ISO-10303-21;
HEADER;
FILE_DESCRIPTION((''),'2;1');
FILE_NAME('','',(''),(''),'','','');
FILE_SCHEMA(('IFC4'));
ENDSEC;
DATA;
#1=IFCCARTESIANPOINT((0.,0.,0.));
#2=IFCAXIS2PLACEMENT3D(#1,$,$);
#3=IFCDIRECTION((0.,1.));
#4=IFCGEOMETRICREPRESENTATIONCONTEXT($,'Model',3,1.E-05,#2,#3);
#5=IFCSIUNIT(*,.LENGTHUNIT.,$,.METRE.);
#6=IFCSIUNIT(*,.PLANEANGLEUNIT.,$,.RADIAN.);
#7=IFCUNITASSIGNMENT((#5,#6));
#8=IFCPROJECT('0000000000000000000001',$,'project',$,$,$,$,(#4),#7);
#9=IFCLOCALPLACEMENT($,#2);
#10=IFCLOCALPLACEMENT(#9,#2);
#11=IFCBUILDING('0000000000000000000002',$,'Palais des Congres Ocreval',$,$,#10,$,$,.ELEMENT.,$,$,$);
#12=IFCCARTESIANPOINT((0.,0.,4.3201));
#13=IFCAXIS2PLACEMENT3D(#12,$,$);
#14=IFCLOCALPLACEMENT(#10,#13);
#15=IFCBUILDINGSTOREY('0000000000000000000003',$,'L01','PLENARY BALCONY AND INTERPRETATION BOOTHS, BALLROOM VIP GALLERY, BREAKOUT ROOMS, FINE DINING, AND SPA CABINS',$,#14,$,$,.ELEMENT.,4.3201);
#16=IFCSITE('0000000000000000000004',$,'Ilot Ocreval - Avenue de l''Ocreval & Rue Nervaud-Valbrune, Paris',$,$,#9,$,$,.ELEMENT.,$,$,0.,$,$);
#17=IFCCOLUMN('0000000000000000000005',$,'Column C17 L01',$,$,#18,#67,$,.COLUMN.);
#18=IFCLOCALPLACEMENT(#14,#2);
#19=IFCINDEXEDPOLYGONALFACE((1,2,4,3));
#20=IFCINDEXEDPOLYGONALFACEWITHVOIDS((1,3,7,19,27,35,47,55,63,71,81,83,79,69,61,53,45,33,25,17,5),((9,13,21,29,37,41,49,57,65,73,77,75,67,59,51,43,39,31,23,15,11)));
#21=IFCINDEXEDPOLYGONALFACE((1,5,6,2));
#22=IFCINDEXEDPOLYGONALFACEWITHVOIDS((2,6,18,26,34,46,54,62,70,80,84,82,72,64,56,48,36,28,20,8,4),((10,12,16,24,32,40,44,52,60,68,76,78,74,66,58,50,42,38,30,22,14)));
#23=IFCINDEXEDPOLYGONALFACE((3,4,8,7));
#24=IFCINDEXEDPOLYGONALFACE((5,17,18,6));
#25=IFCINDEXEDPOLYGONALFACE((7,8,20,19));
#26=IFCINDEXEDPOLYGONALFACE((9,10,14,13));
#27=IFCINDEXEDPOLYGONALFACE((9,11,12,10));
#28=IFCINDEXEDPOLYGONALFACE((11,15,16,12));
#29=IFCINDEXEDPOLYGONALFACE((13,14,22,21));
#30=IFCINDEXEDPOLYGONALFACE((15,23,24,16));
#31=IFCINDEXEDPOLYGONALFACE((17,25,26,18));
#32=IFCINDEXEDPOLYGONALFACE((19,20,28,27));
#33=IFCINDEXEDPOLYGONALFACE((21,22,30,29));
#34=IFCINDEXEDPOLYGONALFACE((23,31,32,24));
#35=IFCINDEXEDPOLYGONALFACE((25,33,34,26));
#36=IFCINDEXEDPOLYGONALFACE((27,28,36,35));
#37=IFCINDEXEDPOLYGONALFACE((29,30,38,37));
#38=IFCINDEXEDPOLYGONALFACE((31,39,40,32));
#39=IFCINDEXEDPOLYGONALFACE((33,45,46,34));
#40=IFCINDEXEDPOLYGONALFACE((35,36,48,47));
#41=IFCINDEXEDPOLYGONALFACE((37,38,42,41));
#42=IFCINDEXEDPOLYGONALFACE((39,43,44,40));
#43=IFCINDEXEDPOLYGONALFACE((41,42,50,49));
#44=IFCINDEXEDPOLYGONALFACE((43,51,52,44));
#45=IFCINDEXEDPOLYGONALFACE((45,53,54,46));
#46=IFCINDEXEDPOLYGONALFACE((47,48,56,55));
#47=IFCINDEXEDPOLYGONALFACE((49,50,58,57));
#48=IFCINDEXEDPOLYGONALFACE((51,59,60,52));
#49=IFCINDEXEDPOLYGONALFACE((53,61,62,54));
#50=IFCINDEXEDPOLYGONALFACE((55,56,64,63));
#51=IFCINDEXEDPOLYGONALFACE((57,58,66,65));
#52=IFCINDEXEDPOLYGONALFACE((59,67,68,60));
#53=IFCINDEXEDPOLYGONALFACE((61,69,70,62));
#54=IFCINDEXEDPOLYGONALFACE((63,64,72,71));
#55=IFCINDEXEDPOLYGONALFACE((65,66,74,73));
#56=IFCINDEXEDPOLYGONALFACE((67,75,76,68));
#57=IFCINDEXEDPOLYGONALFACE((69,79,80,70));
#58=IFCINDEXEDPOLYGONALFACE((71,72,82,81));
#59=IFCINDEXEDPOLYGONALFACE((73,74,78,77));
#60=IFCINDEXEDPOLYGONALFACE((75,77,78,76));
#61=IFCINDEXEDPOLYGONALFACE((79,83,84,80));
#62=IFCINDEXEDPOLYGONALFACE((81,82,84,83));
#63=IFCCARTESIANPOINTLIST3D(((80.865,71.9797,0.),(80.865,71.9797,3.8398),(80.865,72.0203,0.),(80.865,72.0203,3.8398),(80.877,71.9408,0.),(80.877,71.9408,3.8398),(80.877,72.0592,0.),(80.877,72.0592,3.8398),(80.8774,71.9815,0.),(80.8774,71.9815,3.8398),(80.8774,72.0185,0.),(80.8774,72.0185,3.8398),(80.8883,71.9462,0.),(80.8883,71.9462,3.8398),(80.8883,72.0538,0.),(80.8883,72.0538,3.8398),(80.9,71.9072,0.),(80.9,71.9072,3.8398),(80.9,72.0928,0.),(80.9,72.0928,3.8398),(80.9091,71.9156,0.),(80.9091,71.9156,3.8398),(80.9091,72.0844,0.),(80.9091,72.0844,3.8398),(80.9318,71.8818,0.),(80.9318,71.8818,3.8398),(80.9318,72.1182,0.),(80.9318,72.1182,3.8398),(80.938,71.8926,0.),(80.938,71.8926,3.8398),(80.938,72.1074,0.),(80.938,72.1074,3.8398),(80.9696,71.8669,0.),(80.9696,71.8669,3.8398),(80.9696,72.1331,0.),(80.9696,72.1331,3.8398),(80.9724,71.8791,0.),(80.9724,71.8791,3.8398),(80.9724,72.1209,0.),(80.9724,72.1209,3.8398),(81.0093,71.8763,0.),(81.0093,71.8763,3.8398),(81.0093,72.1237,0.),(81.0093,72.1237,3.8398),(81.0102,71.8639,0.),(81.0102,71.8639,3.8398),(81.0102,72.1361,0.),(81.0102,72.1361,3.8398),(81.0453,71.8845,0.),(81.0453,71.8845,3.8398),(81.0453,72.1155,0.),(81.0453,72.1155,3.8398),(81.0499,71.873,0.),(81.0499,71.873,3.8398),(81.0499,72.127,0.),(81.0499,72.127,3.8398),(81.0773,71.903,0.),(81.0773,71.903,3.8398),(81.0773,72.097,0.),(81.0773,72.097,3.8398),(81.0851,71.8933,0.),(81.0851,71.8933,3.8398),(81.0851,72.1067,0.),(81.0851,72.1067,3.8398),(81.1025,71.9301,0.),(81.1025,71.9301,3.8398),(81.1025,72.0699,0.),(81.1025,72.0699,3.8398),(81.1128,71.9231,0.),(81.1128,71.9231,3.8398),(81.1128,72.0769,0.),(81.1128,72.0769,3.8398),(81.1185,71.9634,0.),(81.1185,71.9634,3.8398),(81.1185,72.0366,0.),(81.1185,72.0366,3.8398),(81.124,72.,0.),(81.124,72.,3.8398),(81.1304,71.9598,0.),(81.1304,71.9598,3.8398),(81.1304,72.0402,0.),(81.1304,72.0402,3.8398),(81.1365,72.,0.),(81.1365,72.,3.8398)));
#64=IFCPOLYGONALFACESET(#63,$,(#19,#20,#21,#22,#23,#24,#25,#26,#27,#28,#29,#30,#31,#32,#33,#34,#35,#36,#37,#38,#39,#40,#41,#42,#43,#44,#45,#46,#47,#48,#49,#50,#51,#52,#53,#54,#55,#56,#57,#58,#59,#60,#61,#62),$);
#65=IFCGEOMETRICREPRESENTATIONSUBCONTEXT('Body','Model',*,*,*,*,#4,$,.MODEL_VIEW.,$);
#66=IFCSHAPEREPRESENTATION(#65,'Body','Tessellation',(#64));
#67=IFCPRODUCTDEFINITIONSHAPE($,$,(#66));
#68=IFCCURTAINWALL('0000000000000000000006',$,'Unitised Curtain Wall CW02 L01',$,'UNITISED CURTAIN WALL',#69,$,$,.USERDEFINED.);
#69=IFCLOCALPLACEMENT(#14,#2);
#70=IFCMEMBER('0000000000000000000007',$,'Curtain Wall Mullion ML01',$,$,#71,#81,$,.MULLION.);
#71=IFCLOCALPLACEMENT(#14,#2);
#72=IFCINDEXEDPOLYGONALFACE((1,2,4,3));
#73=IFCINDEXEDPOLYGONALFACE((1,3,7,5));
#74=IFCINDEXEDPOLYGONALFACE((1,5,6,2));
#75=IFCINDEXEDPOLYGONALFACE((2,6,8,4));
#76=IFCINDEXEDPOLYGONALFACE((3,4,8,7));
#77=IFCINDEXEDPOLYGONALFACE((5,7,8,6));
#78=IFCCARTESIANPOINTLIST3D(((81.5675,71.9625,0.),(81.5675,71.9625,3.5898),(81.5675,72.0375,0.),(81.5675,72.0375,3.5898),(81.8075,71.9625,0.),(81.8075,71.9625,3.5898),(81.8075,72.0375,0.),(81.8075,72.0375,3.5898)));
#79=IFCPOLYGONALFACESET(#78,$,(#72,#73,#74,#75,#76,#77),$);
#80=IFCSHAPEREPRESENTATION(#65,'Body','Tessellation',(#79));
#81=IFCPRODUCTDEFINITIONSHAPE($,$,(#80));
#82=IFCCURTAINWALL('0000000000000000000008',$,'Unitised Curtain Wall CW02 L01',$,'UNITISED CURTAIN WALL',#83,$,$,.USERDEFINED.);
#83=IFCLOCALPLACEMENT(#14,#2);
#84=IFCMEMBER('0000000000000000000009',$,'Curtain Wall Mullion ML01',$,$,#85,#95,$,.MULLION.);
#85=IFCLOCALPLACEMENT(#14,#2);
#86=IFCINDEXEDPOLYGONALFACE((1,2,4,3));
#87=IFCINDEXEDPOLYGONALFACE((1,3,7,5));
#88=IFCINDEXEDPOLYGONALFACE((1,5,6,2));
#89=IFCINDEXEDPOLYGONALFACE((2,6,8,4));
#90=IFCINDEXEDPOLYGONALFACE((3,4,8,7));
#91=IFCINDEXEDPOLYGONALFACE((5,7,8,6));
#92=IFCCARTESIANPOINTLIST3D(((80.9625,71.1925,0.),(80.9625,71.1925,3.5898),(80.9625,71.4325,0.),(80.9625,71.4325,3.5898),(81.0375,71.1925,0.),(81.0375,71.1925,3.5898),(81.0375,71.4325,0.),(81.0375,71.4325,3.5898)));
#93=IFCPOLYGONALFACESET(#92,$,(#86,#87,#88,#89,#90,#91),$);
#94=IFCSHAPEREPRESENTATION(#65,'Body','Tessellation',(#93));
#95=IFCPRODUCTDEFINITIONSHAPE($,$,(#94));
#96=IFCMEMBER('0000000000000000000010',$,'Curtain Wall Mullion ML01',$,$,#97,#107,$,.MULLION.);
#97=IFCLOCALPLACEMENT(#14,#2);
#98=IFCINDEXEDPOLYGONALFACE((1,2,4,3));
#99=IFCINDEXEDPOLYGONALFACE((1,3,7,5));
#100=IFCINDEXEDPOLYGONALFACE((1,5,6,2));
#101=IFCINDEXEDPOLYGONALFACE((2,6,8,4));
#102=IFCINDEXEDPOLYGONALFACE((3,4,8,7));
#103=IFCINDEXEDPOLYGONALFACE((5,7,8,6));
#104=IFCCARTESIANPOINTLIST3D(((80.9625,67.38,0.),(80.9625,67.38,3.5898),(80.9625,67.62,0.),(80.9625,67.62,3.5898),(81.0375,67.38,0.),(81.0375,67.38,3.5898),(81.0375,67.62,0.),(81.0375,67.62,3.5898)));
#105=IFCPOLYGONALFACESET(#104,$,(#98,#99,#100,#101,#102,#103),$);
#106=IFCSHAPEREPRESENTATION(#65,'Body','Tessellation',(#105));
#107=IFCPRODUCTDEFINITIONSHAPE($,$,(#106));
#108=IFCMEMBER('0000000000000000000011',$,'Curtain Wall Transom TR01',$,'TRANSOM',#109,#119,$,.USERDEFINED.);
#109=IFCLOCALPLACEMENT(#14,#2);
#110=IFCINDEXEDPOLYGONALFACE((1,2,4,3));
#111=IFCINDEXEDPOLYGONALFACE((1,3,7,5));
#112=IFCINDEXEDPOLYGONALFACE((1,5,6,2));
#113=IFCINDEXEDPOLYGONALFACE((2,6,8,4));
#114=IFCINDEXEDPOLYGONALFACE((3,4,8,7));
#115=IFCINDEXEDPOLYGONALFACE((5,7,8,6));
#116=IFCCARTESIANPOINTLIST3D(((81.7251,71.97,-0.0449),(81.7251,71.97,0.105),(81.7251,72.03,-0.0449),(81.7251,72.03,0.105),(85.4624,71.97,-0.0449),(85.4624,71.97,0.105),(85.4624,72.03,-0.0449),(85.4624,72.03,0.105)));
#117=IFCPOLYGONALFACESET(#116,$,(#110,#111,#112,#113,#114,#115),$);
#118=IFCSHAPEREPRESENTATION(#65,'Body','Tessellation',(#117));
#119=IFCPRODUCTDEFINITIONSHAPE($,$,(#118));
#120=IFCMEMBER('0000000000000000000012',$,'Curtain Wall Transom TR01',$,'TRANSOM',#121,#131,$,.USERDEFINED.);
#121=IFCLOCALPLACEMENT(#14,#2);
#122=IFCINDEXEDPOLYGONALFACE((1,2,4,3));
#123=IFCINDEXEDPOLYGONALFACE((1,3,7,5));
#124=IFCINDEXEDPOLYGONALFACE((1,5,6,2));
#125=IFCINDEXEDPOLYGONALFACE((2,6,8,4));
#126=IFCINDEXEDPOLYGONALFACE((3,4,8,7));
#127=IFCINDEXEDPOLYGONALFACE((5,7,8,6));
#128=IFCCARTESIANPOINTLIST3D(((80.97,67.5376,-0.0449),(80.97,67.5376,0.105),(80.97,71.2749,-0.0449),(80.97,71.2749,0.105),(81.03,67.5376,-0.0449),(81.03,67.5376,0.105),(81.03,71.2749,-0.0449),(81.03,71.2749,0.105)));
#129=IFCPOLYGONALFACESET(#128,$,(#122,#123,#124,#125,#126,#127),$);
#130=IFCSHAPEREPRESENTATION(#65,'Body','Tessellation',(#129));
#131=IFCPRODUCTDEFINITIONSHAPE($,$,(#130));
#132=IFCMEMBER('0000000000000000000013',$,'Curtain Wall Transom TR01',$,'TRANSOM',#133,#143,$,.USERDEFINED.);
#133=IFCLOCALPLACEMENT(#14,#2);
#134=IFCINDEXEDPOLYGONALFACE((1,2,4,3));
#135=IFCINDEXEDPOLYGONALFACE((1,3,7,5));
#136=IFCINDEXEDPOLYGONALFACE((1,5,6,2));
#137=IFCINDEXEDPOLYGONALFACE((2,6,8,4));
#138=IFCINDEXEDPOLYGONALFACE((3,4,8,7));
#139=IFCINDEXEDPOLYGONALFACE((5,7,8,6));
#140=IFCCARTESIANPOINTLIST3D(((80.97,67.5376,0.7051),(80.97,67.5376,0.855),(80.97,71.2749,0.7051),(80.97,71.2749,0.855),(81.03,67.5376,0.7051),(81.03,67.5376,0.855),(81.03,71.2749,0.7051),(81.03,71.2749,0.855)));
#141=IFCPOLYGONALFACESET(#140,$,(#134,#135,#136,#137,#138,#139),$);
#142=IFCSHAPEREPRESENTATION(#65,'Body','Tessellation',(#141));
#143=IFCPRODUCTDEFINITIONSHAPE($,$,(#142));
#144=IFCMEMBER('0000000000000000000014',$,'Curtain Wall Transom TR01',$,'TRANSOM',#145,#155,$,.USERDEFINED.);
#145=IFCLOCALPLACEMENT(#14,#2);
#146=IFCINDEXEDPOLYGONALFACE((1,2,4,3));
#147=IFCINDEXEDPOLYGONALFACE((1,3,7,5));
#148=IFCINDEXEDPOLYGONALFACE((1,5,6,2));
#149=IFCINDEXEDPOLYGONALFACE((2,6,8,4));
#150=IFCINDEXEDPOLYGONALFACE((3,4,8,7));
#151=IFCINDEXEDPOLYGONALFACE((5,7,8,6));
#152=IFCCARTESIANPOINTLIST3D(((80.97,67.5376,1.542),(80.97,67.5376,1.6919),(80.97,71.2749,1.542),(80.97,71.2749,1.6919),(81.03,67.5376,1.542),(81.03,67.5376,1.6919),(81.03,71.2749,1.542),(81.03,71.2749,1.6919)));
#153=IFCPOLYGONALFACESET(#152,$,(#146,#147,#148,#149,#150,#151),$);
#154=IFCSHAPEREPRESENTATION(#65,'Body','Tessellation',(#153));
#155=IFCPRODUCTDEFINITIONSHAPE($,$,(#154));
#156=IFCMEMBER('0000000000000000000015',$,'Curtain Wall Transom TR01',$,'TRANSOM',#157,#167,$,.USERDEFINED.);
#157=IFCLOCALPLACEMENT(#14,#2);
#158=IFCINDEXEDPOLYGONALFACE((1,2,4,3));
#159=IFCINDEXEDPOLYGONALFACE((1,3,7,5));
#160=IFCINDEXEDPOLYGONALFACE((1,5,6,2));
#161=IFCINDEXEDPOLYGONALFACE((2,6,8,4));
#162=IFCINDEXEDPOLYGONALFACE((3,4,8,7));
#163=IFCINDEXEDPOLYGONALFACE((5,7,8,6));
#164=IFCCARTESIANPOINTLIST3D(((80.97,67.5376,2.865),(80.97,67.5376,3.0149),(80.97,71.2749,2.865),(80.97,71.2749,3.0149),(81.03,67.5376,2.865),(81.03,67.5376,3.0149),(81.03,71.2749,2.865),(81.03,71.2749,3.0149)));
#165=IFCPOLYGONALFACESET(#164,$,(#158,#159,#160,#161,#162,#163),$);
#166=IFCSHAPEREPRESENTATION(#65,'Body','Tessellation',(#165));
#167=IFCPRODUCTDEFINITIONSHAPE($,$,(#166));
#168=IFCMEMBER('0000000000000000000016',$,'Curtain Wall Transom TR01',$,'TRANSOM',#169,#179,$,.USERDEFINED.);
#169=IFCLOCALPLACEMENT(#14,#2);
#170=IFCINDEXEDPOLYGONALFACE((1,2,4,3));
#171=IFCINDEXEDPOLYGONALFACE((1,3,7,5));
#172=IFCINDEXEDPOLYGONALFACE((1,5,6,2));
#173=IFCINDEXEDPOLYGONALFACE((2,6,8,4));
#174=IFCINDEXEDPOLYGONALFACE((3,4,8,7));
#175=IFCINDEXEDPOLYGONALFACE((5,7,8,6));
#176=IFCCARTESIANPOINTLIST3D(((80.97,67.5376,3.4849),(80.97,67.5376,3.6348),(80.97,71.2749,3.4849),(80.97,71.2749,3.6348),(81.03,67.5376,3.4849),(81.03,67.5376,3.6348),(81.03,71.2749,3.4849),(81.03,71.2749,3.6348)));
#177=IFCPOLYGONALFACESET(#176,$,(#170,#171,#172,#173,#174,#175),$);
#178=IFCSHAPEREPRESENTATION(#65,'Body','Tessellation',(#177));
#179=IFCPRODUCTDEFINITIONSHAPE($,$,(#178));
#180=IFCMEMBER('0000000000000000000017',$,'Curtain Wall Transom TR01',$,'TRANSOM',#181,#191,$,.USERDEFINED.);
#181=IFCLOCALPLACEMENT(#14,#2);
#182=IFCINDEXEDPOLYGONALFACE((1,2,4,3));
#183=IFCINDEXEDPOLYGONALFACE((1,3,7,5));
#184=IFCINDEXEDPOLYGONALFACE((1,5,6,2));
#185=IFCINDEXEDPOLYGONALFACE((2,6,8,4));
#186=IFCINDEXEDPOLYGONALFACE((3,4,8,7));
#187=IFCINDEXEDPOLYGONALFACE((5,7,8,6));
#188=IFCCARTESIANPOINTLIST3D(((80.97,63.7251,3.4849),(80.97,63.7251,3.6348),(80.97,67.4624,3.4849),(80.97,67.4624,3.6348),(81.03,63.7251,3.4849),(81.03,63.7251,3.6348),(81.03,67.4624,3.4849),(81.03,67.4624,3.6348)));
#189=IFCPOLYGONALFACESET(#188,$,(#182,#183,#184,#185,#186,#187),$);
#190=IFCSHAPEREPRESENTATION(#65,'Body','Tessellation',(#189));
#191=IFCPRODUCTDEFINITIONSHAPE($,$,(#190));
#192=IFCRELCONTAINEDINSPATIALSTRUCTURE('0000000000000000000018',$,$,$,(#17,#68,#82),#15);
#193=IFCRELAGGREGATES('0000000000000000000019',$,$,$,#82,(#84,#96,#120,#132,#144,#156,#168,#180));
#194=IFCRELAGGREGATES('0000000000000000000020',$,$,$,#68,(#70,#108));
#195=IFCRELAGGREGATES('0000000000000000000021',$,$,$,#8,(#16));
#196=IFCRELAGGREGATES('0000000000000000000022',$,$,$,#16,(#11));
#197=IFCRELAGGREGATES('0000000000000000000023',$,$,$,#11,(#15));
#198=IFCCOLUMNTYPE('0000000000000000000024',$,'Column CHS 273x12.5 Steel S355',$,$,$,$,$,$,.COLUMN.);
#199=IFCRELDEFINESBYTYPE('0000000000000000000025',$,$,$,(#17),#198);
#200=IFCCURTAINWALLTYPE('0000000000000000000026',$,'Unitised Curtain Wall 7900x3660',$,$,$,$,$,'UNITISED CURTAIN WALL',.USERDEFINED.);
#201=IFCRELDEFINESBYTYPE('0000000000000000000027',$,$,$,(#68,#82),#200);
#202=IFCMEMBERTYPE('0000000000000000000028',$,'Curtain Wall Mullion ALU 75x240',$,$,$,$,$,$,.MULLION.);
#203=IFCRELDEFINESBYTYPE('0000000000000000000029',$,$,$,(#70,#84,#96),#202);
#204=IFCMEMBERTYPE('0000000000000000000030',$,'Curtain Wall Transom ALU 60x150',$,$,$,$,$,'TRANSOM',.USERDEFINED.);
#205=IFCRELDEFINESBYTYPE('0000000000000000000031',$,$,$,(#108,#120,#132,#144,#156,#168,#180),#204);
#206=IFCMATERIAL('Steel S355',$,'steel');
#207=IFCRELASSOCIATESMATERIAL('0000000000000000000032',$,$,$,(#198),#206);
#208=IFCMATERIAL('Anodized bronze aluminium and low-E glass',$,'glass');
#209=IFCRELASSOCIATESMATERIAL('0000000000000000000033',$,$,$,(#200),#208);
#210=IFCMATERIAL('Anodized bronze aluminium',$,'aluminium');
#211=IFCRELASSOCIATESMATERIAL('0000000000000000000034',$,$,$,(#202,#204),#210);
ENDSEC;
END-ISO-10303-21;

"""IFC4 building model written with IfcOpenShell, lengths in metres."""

from ifc_helpers import new_model, si_unit, direction, frame, origin, origin_2d, place, context, subcontext, project, spatial, rectangle, hollow_circle, extrude, material, material_profile, profile_set, type_object, element, aggregate, save


model = new_model("IFC4")

# Units and contexts
model_context = context("Model", 3, precision=1e-05, world=origin(), true_north=direction((0.0, 1.0)))
body_context = subcontext(model_context, "Body", "Model", "MODEL_VIEW")
ifc_project = project(units=[si_unit("LENGTHUNIT", "METRE"), si_unit("PLANEANGLEUNIT", "RADIAN")], contexts=[model_context])

# Site, building, storey
site_placement = place(None, origin())
site = spatial("IfcSite", under=ifc_project, at=site_placement, Name="Ilot Ocreval - Avenue de l'Ocreval & Rue Nervaud-Valbrune, Paris", CompositionType="ELEMENT", RefElevation=0.0)
building_placement = place(site_placement, origin())
building = spatial("IfcBuilding", under=site, at=building_placement, Name="Palais des Congres Ocreval", CompositionType="ELEMENT")
storey_placement = place(building_placement, frame((0.0, 0.0, 4.3201)))
storey = spatial("IfcBuildingStorey", under=building, at=storey_placement, Name="L01", Description="PLENARY BALCONY AND INTERPRETATION BOOTHS, BALLROOM VIP GALLERY, BREAKOUT ROOMS, FINE DINING, AND SPA CABINS", CompositionType="ELEMENT", Elevation=4.3201)

# Column
ifc_material_1 = material(Name="Steel S355", Category="steel")
ifc_material_profile_1 = material_profile(ifc_material_1, hollow_circle(Radius=0.1365, WallThickness=0.0125, at=origin_2d()), Name="CHS 273x12.5")
ifc_profile_set_1 = profile_set([ifc_material_profile_1], Name="Steel S355")
column_type = type_object("IfcColumnType", Name="Column CHS 273x12.5 Steel S355", PredefinedType="COLUMN", material=ifc_profile_set_1)
column_placement = place(storey_placement, frame((81.0, 72.0, 0.0), z_axis=(0.0, 0.0, 1.0), x_axis=(1.0, 0.0, 0.0)))
element("IfcColumn", 1, at=column_placement, inside=storey, type_object=column_type, Name="Column C17 L01", PredefinedType="COLUMN", context=body_context, shape_type="SweptSolid", body=[
    extrude(hollow_circle(Radius=0.1365, WallThickness=0.0125, at=origin_2d()), origin(), (0.0, 0.0, 1.0), 3.8398),
])

# Curtain wall, member
ifc_material_2 = material(Name="Anodized bronze aluminium and low-E glass", Category="glass")
curtain_wall_type = type_object("IfcCurtainWallType", Name="Unitised Curtain Wall 7900x3660", ElementType="UNITISED CURTAIN WALL", PredefinedType="USERDEFINED", material=ifc_material_2)
curtain_wall_1_placement = place(storey_placement, origin())
curtain_wall_1 = element("IfcCurtainWall", 2, at=curtain_wall_1_placement, inside=storey, type_object=curtain_wall_type, Name="Unitised Curtain Wall CW02 L01", ObjectType="UNITISED CURTAIN WALL", PredefinedType="USERDEFINED")
ifc_material_3 = material(Name="Anodized bronze aluminium", Category="aluminium")
ifc_material_profile_2 = material_profile(ifc_material_3, rectangle(XDim=0.075, YDim=0.24, at=origin_2d()), Name="ALU 75x240")
ifc_profile_set_2 = profile_set([ifc_material_profile_2], Name="Anodized bronze aluminium")
member_type_1 = type_object("IfcMemberType", Name="Curtain Wall Mullion ALU 75x240", PredefinedType="MULLION", material=ifc_profile_set_2)
member_1_placement = place(storey_placement, frame((81.6875, 72.0, 0.0), z_axis=(0.0, 0.0, 1.0), x_axis=(0.0, -1.0, 0.0)))
member_1 = element("IfcMember", 3, at=member_1_placement, type_object=member_type_1, Name="Curtain Wall Mullion ML01", PredefinedType="MULLION", context=body_context, shape_type="SweptSolid", body=[
    extrude(rectangle(XDim=0.075, YDim=0.24, at=origin_2d()), origin(), (0.0, 0.0, 1.0), 3.5898),
])

# Curtain wall, members
curtain_wall_2_placement = place(storey_placement, origin())
curtain_wall_2 = element("IfcCurtainWall", 4, at=curtain_wall_2_placement, inside=storey, type_object=curtain_wall_type, Name="Unitised Curtain Wall CW02 L01", ObjectType="UNITISED CURTAIN WALL", PredefinedType="USERDEFINED")
member_2_placement = place(storey_placement, frame((81.0, 71.3125, 0.0), z_axis=(0.0, 0.0, 1.0), x_axis=(1.0, 0.0, 0.0)))
member_2 = element("IfcMember", 5, at=member_2_placement, type_object=member_type_1, Name="Curtain Wall Mullion ML01", PredefinedType="MULLION", context=body_context, shape_type="SweptSolid", body=[
    extrude(rectangle(XDim=0.075, YDim=0.24, at=origin_2d()), origin(), (0.0, 0.0, 1.0), 3.5898),
])
member_3_placement = place(storey_placement, frame((81.0, 67.5, 0.0), z_axis=(0.0, 0.0, 1.0), x_axis=(1.0, 0.0, 0.0)))
member_3 = element("IfcMember", 6, at=member_3_placement, type_object=member_type_1, Name="Curtain Wall Mullion ML01", PredefinedType="MULLION", context=body_context, shape_type="SweptSolid", body=[
    extrude(rectangle(XDim=0.075, YDim=0.24, at=origin_2d()), origin(), (0.0, 0.0, 1.0), 3.5898),
])

# Members
ifc_material_profile_3 = material_profile(ifc_material_3, rectangle(XDim=0.0601, YDim=0.1499, at=origin_2d()), Name="ALU 60x150")
ifc_profile_set_3 = profile_set([ifc_material_profile_3], Name="Anodized bronze aluminium")
member_type_2 = type_object("IfcMemberType", Name="Curtain Wall Transom ALU 60x150", ElementType="TRANSOM", PredefinedType="USERDEFINED", material=ifc_profile_set_3)
member_4_placement = place(storey_placement, frame((85.4624, 72.0, 0.03), z_axis=(-1.0, 0.0, 0.0), x_axis=(0.0, -1.0, 0.0)))
member_4 = element("IfcMember", 7, at=member_4_placement, type_object=member_type_2, Name="Curtain Wall Transom TR01", ObjectType="TRANSOM", PredefinedType="USERDEFINED", context=body_context, shape_type="SweptSolid", body=[
    extrude(rectangle(XDim=0.0601, YDim=0.1499, at=origin_2d()), origin(), (0.0, 0.0, 1.0), 3.7373),
])
member_5_placement = place(storey_placement, frame((81.0, 71.2749, 0.03), z_axis=(0.0, -1.0, 0.0), x_axis=(1.0, 0.0, 0.0)))
member_5 = element("IfcMember", 8, at=member_5_placement, type_object=member_type_2, Name="Curtain Wall Transom TR01", ObjectType="TRANSOM", PredefinedType="USERDEFINED", context=body_context, shape_type="SweptSolid", body=[
    extrude(rectangle(XDim=0.0601, YDim=0.1499, at=origin_2d()), origin(), (0.0, 0.0, 1.0), 3.7373),
])
member_6_placement = place(storey_placement, frame((81.0, 71.2749, 0.78), z_axis=(0.0, -1.0, 0.0), x_axis=(1.0, 0.0, 0.0)))
member_6 = element("IfcMember", 9, at=member_6_placement, type_object=member_type_2, Name="Curtain Wall Transom TR01", ObjectType="TRANSOM", PredefinedType="USERDEFINED", context=body_context, shape_type="SweptSolid", body=[
    extrude(rectangle(XDim=0.0601, YDim=0.1499, at=origin_2d()), origin(), (0.0, 0.0, 1.0), 3.7373),
])
member_7_placement = place(storey_placement, frame((81.0, 71.2749, 1.6169), z_axis=(0.0, -1.0, 0.0), x_axis=(1.0, 0.0, 0.0)))
member_7 = element("IfcMember", 10, at=member_7_placement, type_object=member_type_2, Name="Curtain Wall Transom TR01", ObjectType="TRANSOM", PredefinedType="USERDEFINED", context=body_context, shape_type="SweptSolid", body=[
    extrude(rectangle(XDim=0.0601, YDim=0.1499, at=origin_2d()), origin(), (0.0, 0.0, 1.0), 3.7373),
])
member_8_placement = place(storey_placement, frame((81.0, 71.2749, 2.9399), z_axis=(0.0, -1.0, 0.0), x_axis=(1.0, 0.0, 0.0)))
member_8 = element("IfcMember", 11, at=member_8_placement, type_object=member_type_2, Name="Curtain Wall Transom TR01", ObjectType="TRANSOM", PredefinedType="USERDEFINED", context=body_context, shape_type="SweptSolid", body=[
    extrude(rectangle(XDim=0.0601, YDim=0.1499, at=origin_2d()), origin(), (0.0, 0.0, 1.0), 3.7373),
])
member_9_placement = place(storey_placement, frame((81.0, 71.2749, 3.5598), z_axis=(0.0, -1.0, 0.0), x_axis=(1.0, 0.0, 0.0)))
member_9 = element("IfcMember", 12, at=member_9_placement, type_object=member_type_2, Name="Curtain Wall Transom TR01", ObjectType="TRANSOM", PredefinedType="USERDEFINED", context=body_context, shape_type="SweptSolid", body=[
    extrude(rectangle(XDim=0.0601, YDim=0.1499, at=origin_2d()), origin(), (0.0, 0.0, 1.0), 3.7373),
])
member_10_placement = place(storey_placement, frame((81.0, 67.4624, 3.5598), z_axis=(0.0, -1.0, 0.0), x_axis=(1.0, 0.0, 0.0)))
member_10 = element("IfcMember", 13, at=member_10_placement, type_object=member_type_2, Name="Curtain Wall Transom TR01", ObjectType="TRANSOM", PredefinedType="USERDEFINED", context=body_context, shape_type="SweptSolid", body=[
    extrude(rectangle(XDim=0.0601, YDim=0.1499, at=origin_2d()), origin(), (0.0, 0.0, 1.0), 3.7373),
])

aggregate(curtain_wall_2, [member_2, member_3, member_5, member_6, member_7, member_8, member_9, member_10])
aggregate(curtain_wall_1, [member_1, member_4])

save(model, "model.ifc")
